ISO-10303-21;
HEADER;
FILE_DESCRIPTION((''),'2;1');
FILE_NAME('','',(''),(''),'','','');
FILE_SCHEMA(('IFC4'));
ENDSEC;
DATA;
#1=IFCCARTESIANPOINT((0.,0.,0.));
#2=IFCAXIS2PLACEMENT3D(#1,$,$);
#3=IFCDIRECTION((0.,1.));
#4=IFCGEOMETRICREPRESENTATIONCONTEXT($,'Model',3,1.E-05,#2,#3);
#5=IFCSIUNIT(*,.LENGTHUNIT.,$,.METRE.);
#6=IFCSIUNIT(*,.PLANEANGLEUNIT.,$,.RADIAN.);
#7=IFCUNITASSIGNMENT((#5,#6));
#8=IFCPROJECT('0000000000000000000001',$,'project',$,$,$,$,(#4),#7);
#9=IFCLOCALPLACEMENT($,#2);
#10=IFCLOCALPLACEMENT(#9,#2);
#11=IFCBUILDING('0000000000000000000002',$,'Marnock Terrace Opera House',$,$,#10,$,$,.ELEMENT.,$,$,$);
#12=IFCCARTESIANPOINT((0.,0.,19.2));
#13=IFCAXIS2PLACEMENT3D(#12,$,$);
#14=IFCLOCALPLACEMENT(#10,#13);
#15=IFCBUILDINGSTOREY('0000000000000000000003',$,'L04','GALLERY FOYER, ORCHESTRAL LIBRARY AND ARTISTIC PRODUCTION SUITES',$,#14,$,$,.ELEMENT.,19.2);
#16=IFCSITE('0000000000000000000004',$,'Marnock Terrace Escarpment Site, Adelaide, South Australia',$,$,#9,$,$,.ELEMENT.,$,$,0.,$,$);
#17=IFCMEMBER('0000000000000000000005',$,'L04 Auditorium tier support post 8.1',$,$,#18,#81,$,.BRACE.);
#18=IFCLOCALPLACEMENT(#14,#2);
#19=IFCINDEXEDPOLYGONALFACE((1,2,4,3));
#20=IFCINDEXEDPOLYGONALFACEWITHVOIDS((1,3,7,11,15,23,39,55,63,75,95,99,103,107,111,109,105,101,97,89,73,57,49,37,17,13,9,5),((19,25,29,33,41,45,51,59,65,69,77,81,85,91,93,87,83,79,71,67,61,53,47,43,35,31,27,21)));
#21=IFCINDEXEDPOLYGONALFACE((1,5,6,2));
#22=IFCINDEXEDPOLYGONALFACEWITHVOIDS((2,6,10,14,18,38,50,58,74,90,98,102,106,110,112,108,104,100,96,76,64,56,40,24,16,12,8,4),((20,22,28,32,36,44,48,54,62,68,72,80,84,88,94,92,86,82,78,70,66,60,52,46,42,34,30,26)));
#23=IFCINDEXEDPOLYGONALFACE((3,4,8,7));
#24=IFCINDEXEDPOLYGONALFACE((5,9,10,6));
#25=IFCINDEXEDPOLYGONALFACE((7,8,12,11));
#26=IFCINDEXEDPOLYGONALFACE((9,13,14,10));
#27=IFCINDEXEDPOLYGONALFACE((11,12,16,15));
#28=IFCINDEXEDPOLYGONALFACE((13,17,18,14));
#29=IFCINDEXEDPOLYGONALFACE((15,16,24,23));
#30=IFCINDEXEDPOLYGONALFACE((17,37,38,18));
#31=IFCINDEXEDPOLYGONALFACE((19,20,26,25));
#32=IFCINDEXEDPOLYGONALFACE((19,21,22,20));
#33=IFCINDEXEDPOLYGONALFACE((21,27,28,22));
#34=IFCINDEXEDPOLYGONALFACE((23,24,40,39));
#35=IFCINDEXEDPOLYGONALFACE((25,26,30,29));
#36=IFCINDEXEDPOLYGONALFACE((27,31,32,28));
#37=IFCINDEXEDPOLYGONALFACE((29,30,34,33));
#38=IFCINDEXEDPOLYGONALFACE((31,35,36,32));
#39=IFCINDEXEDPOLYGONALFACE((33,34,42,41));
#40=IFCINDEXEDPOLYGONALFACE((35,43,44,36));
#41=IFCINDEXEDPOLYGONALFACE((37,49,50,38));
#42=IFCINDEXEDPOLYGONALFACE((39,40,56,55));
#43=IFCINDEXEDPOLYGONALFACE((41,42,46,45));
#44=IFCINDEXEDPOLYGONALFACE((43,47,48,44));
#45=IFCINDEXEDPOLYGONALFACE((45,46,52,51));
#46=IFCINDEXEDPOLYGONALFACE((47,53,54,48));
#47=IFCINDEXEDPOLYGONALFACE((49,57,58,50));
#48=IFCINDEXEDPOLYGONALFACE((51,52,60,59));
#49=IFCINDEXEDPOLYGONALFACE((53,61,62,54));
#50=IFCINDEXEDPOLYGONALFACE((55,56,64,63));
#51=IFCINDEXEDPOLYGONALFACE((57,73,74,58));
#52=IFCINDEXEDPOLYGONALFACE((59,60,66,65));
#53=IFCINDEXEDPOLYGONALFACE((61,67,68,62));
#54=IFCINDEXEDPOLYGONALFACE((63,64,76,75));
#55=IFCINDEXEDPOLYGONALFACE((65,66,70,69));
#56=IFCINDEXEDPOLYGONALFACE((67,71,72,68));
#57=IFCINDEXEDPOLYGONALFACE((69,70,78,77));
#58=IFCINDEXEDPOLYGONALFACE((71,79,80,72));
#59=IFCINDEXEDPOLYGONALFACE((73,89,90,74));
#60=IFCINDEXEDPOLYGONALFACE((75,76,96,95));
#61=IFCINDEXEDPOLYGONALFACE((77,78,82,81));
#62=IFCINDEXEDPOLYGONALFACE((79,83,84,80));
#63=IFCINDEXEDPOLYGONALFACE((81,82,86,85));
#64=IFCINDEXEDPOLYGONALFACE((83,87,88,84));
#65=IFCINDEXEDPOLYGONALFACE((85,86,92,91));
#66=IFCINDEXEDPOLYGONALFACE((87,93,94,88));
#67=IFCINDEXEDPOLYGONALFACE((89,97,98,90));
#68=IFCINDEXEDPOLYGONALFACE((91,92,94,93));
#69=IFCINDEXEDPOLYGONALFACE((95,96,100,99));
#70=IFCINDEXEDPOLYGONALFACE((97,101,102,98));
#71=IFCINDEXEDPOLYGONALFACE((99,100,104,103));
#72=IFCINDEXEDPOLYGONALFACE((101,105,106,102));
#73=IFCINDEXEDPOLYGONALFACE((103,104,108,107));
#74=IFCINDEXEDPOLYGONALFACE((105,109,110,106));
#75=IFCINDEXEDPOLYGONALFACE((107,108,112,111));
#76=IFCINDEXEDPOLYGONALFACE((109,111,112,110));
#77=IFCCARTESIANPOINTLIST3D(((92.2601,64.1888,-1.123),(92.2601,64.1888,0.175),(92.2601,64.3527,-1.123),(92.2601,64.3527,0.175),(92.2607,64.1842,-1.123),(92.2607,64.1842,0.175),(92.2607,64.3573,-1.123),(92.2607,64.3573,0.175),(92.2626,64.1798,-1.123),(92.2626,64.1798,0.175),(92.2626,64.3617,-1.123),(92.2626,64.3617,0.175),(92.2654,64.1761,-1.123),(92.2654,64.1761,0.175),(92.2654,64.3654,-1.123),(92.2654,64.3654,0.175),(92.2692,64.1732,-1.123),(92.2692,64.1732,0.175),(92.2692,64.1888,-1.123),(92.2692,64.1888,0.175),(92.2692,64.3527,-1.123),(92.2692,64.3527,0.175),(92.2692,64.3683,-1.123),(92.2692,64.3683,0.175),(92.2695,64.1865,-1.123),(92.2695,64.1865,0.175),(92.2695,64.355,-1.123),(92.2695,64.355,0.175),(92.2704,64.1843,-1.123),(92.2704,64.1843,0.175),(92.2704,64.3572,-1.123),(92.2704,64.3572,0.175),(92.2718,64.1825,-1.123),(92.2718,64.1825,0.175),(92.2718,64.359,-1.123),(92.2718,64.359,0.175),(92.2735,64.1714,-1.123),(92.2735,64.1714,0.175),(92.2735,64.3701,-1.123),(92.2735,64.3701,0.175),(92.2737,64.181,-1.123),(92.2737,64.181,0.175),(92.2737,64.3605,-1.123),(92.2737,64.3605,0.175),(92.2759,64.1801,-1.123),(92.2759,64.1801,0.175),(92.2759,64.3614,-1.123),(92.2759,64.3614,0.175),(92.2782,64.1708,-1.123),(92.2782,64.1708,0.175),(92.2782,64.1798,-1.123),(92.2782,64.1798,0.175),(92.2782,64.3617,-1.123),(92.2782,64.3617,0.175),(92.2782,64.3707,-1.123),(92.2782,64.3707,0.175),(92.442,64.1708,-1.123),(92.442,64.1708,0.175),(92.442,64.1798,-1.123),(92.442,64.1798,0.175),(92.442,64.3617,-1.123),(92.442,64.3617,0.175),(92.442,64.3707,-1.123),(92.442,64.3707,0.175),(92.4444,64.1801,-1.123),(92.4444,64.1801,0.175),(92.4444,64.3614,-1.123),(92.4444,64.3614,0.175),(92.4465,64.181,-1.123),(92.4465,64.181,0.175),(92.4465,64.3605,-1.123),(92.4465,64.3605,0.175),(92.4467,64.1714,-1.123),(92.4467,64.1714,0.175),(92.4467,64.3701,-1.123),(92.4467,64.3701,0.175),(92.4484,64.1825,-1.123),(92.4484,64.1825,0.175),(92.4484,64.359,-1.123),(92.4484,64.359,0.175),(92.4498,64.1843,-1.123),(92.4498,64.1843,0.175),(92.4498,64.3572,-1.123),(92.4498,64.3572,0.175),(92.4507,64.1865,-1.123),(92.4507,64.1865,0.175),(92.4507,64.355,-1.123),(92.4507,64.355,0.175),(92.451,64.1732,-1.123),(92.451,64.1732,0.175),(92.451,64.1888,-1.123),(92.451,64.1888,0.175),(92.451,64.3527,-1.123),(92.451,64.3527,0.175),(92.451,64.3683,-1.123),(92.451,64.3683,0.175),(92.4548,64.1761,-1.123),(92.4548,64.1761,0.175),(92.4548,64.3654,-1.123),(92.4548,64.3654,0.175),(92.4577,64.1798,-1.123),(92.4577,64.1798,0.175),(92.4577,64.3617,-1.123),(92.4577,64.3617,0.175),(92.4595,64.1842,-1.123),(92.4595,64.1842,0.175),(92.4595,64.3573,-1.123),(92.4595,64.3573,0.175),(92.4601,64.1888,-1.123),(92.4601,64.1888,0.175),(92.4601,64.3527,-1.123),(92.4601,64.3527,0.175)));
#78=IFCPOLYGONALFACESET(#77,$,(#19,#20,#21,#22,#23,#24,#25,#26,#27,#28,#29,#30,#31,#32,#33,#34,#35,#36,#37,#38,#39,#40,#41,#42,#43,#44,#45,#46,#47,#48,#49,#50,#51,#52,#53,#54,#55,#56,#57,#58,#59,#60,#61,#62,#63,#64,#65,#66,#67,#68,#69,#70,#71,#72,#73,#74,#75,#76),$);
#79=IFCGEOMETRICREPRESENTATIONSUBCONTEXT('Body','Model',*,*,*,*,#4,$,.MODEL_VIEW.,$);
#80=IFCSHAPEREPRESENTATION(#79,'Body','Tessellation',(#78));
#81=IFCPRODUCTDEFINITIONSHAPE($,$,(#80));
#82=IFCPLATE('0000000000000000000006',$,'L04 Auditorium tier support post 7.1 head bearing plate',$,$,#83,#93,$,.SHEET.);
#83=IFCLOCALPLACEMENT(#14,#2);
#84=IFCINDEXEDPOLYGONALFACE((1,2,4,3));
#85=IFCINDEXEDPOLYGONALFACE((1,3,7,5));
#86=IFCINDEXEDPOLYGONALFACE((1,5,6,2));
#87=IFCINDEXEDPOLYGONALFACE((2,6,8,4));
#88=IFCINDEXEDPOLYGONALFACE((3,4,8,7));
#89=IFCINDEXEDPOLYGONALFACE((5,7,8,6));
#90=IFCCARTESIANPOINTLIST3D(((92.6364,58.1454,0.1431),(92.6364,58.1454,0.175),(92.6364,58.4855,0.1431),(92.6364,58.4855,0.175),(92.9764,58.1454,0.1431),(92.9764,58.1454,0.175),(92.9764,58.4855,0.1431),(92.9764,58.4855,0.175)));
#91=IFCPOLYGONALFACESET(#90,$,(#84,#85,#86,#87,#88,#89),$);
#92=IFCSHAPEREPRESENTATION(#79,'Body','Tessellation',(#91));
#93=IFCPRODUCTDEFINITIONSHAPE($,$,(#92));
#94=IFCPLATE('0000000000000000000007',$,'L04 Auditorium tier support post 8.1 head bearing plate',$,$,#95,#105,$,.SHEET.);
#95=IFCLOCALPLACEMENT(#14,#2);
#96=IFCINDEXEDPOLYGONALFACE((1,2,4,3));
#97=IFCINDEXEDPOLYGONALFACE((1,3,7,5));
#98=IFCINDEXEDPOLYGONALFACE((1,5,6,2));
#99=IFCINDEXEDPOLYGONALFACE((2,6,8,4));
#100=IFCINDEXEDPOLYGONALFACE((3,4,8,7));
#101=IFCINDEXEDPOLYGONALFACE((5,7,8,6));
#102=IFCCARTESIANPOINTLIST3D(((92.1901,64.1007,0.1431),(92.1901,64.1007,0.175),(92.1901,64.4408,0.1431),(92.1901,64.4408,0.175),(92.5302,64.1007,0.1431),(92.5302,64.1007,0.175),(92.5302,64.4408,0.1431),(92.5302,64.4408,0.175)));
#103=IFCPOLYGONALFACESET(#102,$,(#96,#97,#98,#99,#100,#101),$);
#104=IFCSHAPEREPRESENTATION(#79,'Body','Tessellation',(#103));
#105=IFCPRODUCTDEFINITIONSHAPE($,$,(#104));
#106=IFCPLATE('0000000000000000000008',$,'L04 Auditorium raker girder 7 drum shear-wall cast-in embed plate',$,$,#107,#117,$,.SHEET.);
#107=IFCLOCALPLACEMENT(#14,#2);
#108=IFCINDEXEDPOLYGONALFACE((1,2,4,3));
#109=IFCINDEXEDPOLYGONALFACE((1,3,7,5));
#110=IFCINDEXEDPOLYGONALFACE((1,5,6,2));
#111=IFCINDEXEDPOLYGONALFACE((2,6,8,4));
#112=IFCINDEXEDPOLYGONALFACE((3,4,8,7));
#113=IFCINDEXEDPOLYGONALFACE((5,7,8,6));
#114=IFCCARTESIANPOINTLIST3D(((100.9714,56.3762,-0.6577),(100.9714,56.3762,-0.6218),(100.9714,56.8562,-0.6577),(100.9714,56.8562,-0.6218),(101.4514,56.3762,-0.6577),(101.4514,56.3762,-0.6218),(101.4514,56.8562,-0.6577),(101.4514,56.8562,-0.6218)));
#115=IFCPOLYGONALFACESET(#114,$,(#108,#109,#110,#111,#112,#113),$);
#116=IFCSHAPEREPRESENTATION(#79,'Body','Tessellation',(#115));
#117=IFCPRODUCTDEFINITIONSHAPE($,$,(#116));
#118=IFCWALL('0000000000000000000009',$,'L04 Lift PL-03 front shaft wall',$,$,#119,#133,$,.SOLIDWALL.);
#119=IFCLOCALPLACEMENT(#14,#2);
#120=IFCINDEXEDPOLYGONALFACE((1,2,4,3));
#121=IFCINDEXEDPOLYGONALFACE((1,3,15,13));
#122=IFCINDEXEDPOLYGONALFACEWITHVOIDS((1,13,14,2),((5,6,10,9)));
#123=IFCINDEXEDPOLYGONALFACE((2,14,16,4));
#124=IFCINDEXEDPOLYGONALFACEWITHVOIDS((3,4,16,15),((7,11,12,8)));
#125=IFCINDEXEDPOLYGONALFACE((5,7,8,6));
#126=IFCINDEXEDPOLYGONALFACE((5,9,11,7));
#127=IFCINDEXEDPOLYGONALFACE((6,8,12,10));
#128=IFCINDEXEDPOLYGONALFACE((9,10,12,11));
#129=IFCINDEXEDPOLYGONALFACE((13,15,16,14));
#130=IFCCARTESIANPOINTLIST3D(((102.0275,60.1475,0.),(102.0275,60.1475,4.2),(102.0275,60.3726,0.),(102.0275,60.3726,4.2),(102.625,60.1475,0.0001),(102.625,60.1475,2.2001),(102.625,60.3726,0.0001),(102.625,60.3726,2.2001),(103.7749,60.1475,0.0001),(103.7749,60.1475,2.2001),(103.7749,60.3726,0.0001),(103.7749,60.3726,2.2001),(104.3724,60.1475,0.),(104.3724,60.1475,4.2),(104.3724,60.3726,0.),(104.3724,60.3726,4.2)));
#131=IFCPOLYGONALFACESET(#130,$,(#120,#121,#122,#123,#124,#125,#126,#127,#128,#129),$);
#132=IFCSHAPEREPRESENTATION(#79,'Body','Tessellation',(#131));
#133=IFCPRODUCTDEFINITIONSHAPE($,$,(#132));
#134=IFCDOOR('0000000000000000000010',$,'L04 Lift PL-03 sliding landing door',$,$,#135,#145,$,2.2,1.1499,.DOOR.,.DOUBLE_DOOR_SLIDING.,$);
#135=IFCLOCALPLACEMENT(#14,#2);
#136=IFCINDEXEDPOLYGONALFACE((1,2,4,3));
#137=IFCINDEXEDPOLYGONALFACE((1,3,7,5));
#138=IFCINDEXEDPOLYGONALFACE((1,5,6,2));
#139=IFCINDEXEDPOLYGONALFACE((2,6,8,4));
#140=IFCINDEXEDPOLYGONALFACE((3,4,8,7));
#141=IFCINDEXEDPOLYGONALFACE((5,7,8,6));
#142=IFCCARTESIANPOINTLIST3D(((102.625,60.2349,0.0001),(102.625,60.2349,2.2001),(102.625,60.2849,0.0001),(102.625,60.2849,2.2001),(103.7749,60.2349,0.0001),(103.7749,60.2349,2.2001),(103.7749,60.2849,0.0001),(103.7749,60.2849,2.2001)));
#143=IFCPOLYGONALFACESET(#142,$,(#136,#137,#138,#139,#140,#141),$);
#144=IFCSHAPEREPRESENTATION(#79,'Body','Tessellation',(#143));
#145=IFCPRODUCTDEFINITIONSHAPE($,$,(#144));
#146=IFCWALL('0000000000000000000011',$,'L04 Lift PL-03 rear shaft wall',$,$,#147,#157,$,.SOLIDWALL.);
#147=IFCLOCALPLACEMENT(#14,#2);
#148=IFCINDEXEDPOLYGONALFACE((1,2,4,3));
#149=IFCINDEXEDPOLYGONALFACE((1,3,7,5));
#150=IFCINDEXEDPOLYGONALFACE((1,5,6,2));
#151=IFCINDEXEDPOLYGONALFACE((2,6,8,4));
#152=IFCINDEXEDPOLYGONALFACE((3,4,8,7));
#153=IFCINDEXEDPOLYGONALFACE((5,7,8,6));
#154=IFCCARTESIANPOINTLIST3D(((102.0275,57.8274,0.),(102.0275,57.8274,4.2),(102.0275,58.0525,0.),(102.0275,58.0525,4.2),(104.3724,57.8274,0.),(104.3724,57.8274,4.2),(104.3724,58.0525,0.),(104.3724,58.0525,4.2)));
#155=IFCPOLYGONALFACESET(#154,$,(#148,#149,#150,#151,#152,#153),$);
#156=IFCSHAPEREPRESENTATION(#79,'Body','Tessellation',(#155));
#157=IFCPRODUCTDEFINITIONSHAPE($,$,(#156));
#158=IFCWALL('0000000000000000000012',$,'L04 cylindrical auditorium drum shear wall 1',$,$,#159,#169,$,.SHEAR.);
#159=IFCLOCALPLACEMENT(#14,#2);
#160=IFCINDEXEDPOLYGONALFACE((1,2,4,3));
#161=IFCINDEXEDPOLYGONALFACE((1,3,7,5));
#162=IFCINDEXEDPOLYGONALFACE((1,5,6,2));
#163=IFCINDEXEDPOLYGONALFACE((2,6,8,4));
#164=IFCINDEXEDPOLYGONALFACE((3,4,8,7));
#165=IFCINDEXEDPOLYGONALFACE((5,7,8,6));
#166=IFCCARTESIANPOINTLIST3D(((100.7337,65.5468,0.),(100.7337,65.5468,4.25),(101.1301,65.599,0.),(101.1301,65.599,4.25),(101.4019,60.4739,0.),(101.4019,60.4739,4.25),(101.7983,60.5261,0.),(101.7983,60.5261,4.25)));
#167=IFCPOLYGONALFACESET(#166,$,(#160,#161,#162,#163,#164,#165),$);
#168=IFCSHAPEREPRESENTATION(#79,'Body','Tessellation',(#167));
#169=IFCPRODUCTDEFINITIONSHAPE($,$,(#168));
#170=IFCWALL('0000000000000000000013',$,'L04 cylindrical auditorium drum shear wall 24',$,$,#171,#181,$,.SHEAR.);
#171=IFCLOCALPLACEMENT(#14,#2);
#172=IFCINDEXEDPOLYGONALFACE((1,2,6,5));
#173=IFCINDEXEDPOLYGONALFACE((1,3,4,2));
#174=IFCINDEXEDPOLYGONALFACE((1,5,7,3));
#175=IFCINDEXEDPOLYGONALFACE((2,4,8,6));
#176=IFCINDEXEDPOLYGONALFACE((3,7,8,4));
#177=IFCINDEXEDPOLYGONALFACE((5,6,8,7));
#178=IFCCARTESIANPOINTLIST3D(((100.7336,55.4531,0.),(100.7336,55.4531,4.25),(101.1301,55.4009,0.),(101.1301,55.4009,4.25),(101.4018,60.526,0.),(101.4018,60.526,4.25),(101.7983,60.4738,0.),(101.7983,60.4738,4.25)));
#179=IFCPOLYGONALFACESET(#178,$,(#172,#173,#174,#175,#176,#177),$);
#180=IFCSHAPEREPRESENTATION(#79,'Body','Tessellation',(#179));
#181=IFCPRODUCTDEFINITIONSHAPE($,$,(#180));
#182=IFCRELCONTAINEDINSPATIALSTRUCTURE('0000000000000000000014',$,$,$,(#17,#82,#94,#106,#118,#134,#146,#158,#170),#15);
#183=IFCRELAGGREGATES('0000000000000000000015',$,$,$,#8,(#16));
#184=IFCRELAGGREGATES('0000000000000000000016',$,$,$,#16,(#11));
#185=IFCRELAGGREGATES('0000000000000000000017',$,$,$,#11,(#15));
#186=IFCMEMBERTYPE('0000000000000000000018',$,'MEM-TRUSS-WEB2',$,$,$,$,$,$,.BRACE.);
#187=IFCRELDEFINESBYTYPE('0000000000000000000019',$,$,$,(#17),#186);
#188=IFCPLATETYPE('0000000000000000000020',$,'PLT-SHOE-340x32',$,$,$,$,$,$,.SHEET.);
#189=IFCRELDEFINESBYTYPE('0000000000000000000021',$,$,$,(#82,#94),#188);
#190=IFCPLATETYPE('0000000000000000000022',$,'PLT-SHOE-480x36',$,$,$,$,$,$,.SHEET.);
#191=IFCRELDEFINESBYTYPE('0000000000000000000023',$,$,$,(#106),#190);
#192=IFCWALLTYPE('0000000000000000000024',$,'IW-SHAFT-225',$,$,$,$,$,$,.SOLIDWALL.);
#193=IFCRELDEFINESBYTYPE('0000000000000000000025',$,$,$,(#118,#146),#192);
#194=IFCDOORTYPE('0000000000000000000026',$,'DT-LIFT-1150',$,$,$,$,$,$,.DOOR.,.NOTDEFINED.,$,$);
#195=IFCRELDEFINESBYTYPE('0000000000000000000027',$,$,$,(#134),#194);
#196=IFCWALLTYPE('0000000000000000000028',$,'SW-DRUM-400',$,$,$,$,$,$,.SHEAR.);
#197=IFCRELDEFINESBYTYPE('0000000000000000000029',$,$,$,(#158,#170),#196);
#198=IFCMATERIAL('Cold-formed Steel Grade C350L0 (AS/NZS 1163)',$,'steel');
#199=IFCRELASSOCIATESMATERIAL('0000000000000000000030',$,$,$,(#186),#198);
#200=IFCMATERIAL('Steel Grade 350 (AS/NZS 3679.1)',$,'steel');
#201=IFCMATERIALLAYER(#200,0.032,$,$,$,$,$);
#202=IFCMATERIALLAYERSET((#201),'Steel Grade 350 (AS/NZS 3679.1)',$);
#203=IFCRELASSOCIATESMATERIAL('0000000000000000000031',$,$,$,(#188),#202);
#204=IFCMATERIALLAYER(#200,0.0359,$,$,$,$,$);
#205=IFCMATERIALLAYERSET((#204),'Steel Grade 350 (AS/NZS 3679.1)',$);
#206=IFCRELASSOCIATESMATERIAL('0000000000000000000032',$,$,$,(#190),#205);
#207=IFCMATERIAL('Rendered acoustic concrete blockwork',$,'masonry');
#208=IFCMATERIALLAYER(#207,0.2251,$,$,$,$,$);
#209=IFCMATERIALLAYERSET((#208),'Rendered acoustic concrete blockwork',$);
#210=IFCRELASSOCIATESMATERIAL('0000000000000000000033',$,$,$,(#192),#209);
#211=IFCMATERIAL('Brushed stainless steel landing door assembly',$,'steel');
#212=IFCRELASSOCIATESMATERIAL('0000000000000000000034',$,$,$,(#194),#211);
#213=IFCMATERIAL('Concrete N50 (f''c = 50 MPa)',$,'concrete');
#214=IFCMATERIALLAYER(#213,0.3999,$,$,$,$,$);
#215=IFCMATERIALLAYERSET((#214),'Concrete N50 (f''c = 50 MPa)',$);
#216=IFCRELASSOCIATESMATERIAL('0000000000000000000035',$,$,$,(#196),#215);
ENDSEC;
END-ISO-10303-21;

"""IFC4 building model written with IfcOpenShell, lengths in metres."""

from ifc_helpers import new_model, si_unit, direction, frame, frame_2d, origin, origin_2d, place, context, subcontext, project, spatial, rectangle, hollow_rectangle, extrude, material, layer, layer_set, material_profile, profile_set, type_object, element, fill, save


model = new_model("IFC4")

# Units and contexts
model_context = context("Model", 3, precision=1e-05, world=origin(), true_north=direction((0.0, 1.0)))
body_context = subcontext(model_context, "Body", "Model", "MODEL_VIEW")
ifc_project = project(units=[si_unit("LENGTHUNIT", "METRE"), si_unit("PLANEANGLEUNIT", "RADIAN")], contexts=[model_context])

# Site, building, storey
site_placement = place(None, origin())
site = spatial("IfcSite", under=ifc_project, at=site_placement, Name="Marnock Terrace Escarpment Site, Adelaide, South Australia", CompositionType="ELEMENT", RefElevation=0.0)
building_placement = place(site_placement, origin())
building = spatial("IfcBuilding", under=site, at=building_placement, Name="Marnock Terrace Opera House", CompositionType="ELEMENT")
storey_placement = place(building_placement, frame((0.0, 0.0, 19.2)))
storey = spatial("IfcBuildingStorey", under=building, at=storey_placement, Name="L04", Description="GALLERY FOYER, ORCHESTRAL LIBRARY AND ARTISTIC PRODUCTION SUITES", CompositionType="ELEMENT", Elevation=19.2)

# Shared definitions
ifc_material_1 = material(Name="Concrete N50 (f'c = 50 MPa)", Category="concrete")

# Member
ifc_material_2 = material(Name="Cold-formed Steel Grade C350L0 (AS/NZS 1163)", Category="steel")
ifc_material_profile_1 = material_profile(ifc_material_2, hollow_rectangle(XDim=0.2, YDim=0.2, WallThickness=0.009, InnerFilletRadius=0.009, OuterFilletRadius=0.0181, at=origin_2d()))
ifc_profile_set_1 = profile_set([ifc_material_profile_1], Name="Cold-formed Steel Grade C350L0 (AS/NZS 1163)")
member_type = type_object("IfcMemberType", Name="MEM-TRUSS-WEB2", PredefinedType="BRACE", material=ifc_profile_set_1)
member_1_placement = place(storey_placement, frame((92.3601, 64.2708, -1.123), z_axis=(0.0, 0.0, 1.0), x_axis=(1.0, 0.0, 0.0)))
element("IfcMember", 1, at=member_1_placement, inside=storey, type_object=member_type, Name="L04 Auditorium tier support post 8.1", PredefinedType="BRACE", context=body_context, shape_type="SweptSolid", body=[
    extrude(hollow_rectangle(XDim=0.2, YDim=0.2, WallThickness=0.009, InnerFilletRadius=0.009, OuterFilletRadius=0.0181, at=origin_2d()), origin(), (0.0, 0.0, 1.0), 1.2981),
])

# Plates
ifc_material_3 = material(Name="Steel Grade 350 (AS/NZS 3679.1)", Category="steel")
ifc_layer_1 = layer(ifc_material_3, 0.032)
ifc_layer_set_1 = layer_set([ifc_layer_1], Name="Steel Grade 350 (AS/NZS 3679.1)")
plate_type_1 = type_object("IfcPlateType", Name="PLT-SHOE-340x32", PredefinedType="SHEET", material=ifc_layer_set_1)
for number, where, z_axis, x_axis, name in (
    (2, (92.8064, 58.3154, 0.1431), (0.0, 0.0, 1.0), (1.0, 0.0, 0.0), "L04 Auditorium tier support post 7.1 head bearing plate"),
    (3, (92.3601, 64.2708, 0.1431), (0.0, 0.0, 1.0), (1.0, 0.0, 0.0), "L04 Auditorium tier support post 8.1 head bearing plate"),
):
    element("IfcPlate", number, at=place(storey_placement, frame(where, z_axis=z_axis, x_axis=x_axis)), inside=storey, type_object=plate_type_1, Name=name, PredefinedType="SHEET", context=body_context, shape_type="SweptSolid", body=[
        extrude(rectangle(XDim=0.3401, YDim=0.3401, at=origin_2d()), origin(), (0.0, 0.0, 1.0), 0.032),
    ])
ifc_layer_2 = layer(ifc_material_3, 0.0359)
ifc_layer_set_2 = layer_set([ifc_layer_2], Name="Steel Grade 350 (AS/NZS 3679.1)")
plate_type_2 = type_object("IfcPlateType", Name="PLT-SHOE-480x36", PredefinedType="SHEET", material=ifc_layer_set_2)
plate_placement = place(storey_placement, frame((101.2114, 56.6162, -0.6577), z_axis=(0.0, 0.0, 1.0), x_axis=(1.0, 0.0, 0.0)))
element("IfcPlate", 4, at=plate_placement, inside=storey, type_object=plate_type_2, Name="L04 Auditorium raker girder 7 drum shear-wall cast-in embed plate", PredefinedType="SHEET", context=body_context, shape_type="SweptSolid", body=[
    extrude(rectangle(XDim=0.48, YDim=0.48, at=origin_2d()), origin(), (0.0, 0.0, 1.0), 0.0359),
])

# Wall, opening, door
ifc_material_4 = material(Name="Rendered acoustic concrete blockwork", Category="masonry")
ifc_layer_3 = layer(ifc_material_4, 0.2251)
ifc_layer_set_3 = layer_set([ifc_layer_3], Name="Rendered acoustic concrete blockwork")
wall_type_1 = type_object("IfcWallType", Name="IW-SHAFT-225", PredefinedType="SOLIDWALL", material=ifc_layer_set_3)
wall_1_placement = place(storey_placement, frame((102.0276, 60.26, 0.0), z_axis=(0.0, 0.0, 1.0), x_axis=(1.0, 0.0, 0.0)))
wall_1 = element("IfcWall", 5, at=wall_1_placement, inside=storey, type_object=wall_type_1, Name="L04 Lift PL-03 front shaft wall", PredefinedType="SOLIDWALL", context=body_context, shape_type="SweptSolid", body=[
    extrude(rectangle(XDim=2.345, YDim=0.2251, at=frame_2d((1.1724, 0.0))), origin(), (0.0, 0.0, 1.0), 4.2),
])
opening_placement = place(wall_1_placement, frame((0.5974, 0.0, 0.0)))
opening = element("IfcOpeningElement", 6, at=opening_placement, cuts=wall_1, PredefinedType="OPENING", context=body_context, shape_type="SweptSolid", body=[
    extrude(rectangle(XDim=1.1499, YDim=2.2, at=frame_2d((0.575, 1.1001))), frame((0.0, 0.1226, 0.0), z_axis=(0.0, -1.0, 0.0), x_axis=(1.0, 0.0, 0.0)), (0.0, 0.0, 1.0), 0.2451),
])
ifc_material_5 = material(Name="Brushed stainless steel landing door assembly", Category="steel")
door_type = type_object("IfcDoorType", Name="DT-LIFT-1150", OperationType="NOTDEFINED", PredefinedType="DOOR", material=ifc_material_5)
door_placement = place(opening_placement, origin())
door = element("IfcDoor", 7, at=door_placement, inside=storey, type_object=door_type, Name="L04 Lift PL-03 sliding landing door", OperationType="DOUBLE_DOOR_SLIDING", OverallHeight=2.2, OverallWidth=1.1499, PredefinedType="DOOR", context=body_context, shape_type="SweptSolid", body=[
    extrude(rectangle(XDim=1.1499, YDim=2.2, at=frame_2d((0.575, 1.1001))), frame((0.0, 0.0249, 0.0), z_axis=(0.0, -1.0, 0.0), x_axis=(1.0, 0.0, 0.0)), (0.0, 0.0, 1.0), 0.05),
])
fill(opening, door)

# Walls
wall_2_placement = place(storey_placement, frame((102.0276, 57.9399, 0.0), z_axis=(0.0, 0.0, 1.0), x_axis=(1.0, 0.0, 0.0)))
element("IfcWall", 8, at=wall_2_placement, inside=storey, type_object=wall_type_1, Name="L04 Lift PL-03 rear shaft wall", PredefinedType="SOLIDWALL", context=body_context, shape_type="SweptSolid", body=[
    extrude(rectangle(XDim=2.345, YDim=0.2251, at=frame_2d((1.1724, 0.0))), origin(), (0.0, 0.0, 1.0), 4.2),
])
ifc_layer_4 = layer(ifc_material_1, 0.3999)
ifc_layer_set_4 = layer_set([ifc_layer_4], Name="Concrete N50 (f'c = 50 MPa)")
wall_type_2 = type_object("IfcWallType", Name="SW-DRUM-400", PredefinedType="SHEAR", material=ifc_layer_set_4)
for number, where, z_axis, x_axis, name in (
    (9, (101.6001, 60.5, 0.0), (0.0, 0.0, 1.0), (-0.130592, 0.991436, 0.0), "L04 cylindrical auditorium drum shear wall 1"),
    (10, (100.9319, 55.427, 0.0), (0.0, 0.0, 1.0), (0.130592, 0.991436, 0.0), "L04 cylindrical auditorium drum shear wall 24"),
):
    element("IfcWall", number, at=place(storey_placement, frame(where, z_axis=z_axis, x_axis=x_axis)), inside=storey, type_object=wall_type_2, Name=name, PredefinedType="SHEAR", context=body_context, shape_type="SweptSolid", body=[
        extrude(rectangle(XDim=5.1167, YDim=0.3999, at=frame_2d((2.5583, 0.0))), origin(), (0.0, 0.0, 1.0), 4.25),
    ])

save(model, "model.ifc")
